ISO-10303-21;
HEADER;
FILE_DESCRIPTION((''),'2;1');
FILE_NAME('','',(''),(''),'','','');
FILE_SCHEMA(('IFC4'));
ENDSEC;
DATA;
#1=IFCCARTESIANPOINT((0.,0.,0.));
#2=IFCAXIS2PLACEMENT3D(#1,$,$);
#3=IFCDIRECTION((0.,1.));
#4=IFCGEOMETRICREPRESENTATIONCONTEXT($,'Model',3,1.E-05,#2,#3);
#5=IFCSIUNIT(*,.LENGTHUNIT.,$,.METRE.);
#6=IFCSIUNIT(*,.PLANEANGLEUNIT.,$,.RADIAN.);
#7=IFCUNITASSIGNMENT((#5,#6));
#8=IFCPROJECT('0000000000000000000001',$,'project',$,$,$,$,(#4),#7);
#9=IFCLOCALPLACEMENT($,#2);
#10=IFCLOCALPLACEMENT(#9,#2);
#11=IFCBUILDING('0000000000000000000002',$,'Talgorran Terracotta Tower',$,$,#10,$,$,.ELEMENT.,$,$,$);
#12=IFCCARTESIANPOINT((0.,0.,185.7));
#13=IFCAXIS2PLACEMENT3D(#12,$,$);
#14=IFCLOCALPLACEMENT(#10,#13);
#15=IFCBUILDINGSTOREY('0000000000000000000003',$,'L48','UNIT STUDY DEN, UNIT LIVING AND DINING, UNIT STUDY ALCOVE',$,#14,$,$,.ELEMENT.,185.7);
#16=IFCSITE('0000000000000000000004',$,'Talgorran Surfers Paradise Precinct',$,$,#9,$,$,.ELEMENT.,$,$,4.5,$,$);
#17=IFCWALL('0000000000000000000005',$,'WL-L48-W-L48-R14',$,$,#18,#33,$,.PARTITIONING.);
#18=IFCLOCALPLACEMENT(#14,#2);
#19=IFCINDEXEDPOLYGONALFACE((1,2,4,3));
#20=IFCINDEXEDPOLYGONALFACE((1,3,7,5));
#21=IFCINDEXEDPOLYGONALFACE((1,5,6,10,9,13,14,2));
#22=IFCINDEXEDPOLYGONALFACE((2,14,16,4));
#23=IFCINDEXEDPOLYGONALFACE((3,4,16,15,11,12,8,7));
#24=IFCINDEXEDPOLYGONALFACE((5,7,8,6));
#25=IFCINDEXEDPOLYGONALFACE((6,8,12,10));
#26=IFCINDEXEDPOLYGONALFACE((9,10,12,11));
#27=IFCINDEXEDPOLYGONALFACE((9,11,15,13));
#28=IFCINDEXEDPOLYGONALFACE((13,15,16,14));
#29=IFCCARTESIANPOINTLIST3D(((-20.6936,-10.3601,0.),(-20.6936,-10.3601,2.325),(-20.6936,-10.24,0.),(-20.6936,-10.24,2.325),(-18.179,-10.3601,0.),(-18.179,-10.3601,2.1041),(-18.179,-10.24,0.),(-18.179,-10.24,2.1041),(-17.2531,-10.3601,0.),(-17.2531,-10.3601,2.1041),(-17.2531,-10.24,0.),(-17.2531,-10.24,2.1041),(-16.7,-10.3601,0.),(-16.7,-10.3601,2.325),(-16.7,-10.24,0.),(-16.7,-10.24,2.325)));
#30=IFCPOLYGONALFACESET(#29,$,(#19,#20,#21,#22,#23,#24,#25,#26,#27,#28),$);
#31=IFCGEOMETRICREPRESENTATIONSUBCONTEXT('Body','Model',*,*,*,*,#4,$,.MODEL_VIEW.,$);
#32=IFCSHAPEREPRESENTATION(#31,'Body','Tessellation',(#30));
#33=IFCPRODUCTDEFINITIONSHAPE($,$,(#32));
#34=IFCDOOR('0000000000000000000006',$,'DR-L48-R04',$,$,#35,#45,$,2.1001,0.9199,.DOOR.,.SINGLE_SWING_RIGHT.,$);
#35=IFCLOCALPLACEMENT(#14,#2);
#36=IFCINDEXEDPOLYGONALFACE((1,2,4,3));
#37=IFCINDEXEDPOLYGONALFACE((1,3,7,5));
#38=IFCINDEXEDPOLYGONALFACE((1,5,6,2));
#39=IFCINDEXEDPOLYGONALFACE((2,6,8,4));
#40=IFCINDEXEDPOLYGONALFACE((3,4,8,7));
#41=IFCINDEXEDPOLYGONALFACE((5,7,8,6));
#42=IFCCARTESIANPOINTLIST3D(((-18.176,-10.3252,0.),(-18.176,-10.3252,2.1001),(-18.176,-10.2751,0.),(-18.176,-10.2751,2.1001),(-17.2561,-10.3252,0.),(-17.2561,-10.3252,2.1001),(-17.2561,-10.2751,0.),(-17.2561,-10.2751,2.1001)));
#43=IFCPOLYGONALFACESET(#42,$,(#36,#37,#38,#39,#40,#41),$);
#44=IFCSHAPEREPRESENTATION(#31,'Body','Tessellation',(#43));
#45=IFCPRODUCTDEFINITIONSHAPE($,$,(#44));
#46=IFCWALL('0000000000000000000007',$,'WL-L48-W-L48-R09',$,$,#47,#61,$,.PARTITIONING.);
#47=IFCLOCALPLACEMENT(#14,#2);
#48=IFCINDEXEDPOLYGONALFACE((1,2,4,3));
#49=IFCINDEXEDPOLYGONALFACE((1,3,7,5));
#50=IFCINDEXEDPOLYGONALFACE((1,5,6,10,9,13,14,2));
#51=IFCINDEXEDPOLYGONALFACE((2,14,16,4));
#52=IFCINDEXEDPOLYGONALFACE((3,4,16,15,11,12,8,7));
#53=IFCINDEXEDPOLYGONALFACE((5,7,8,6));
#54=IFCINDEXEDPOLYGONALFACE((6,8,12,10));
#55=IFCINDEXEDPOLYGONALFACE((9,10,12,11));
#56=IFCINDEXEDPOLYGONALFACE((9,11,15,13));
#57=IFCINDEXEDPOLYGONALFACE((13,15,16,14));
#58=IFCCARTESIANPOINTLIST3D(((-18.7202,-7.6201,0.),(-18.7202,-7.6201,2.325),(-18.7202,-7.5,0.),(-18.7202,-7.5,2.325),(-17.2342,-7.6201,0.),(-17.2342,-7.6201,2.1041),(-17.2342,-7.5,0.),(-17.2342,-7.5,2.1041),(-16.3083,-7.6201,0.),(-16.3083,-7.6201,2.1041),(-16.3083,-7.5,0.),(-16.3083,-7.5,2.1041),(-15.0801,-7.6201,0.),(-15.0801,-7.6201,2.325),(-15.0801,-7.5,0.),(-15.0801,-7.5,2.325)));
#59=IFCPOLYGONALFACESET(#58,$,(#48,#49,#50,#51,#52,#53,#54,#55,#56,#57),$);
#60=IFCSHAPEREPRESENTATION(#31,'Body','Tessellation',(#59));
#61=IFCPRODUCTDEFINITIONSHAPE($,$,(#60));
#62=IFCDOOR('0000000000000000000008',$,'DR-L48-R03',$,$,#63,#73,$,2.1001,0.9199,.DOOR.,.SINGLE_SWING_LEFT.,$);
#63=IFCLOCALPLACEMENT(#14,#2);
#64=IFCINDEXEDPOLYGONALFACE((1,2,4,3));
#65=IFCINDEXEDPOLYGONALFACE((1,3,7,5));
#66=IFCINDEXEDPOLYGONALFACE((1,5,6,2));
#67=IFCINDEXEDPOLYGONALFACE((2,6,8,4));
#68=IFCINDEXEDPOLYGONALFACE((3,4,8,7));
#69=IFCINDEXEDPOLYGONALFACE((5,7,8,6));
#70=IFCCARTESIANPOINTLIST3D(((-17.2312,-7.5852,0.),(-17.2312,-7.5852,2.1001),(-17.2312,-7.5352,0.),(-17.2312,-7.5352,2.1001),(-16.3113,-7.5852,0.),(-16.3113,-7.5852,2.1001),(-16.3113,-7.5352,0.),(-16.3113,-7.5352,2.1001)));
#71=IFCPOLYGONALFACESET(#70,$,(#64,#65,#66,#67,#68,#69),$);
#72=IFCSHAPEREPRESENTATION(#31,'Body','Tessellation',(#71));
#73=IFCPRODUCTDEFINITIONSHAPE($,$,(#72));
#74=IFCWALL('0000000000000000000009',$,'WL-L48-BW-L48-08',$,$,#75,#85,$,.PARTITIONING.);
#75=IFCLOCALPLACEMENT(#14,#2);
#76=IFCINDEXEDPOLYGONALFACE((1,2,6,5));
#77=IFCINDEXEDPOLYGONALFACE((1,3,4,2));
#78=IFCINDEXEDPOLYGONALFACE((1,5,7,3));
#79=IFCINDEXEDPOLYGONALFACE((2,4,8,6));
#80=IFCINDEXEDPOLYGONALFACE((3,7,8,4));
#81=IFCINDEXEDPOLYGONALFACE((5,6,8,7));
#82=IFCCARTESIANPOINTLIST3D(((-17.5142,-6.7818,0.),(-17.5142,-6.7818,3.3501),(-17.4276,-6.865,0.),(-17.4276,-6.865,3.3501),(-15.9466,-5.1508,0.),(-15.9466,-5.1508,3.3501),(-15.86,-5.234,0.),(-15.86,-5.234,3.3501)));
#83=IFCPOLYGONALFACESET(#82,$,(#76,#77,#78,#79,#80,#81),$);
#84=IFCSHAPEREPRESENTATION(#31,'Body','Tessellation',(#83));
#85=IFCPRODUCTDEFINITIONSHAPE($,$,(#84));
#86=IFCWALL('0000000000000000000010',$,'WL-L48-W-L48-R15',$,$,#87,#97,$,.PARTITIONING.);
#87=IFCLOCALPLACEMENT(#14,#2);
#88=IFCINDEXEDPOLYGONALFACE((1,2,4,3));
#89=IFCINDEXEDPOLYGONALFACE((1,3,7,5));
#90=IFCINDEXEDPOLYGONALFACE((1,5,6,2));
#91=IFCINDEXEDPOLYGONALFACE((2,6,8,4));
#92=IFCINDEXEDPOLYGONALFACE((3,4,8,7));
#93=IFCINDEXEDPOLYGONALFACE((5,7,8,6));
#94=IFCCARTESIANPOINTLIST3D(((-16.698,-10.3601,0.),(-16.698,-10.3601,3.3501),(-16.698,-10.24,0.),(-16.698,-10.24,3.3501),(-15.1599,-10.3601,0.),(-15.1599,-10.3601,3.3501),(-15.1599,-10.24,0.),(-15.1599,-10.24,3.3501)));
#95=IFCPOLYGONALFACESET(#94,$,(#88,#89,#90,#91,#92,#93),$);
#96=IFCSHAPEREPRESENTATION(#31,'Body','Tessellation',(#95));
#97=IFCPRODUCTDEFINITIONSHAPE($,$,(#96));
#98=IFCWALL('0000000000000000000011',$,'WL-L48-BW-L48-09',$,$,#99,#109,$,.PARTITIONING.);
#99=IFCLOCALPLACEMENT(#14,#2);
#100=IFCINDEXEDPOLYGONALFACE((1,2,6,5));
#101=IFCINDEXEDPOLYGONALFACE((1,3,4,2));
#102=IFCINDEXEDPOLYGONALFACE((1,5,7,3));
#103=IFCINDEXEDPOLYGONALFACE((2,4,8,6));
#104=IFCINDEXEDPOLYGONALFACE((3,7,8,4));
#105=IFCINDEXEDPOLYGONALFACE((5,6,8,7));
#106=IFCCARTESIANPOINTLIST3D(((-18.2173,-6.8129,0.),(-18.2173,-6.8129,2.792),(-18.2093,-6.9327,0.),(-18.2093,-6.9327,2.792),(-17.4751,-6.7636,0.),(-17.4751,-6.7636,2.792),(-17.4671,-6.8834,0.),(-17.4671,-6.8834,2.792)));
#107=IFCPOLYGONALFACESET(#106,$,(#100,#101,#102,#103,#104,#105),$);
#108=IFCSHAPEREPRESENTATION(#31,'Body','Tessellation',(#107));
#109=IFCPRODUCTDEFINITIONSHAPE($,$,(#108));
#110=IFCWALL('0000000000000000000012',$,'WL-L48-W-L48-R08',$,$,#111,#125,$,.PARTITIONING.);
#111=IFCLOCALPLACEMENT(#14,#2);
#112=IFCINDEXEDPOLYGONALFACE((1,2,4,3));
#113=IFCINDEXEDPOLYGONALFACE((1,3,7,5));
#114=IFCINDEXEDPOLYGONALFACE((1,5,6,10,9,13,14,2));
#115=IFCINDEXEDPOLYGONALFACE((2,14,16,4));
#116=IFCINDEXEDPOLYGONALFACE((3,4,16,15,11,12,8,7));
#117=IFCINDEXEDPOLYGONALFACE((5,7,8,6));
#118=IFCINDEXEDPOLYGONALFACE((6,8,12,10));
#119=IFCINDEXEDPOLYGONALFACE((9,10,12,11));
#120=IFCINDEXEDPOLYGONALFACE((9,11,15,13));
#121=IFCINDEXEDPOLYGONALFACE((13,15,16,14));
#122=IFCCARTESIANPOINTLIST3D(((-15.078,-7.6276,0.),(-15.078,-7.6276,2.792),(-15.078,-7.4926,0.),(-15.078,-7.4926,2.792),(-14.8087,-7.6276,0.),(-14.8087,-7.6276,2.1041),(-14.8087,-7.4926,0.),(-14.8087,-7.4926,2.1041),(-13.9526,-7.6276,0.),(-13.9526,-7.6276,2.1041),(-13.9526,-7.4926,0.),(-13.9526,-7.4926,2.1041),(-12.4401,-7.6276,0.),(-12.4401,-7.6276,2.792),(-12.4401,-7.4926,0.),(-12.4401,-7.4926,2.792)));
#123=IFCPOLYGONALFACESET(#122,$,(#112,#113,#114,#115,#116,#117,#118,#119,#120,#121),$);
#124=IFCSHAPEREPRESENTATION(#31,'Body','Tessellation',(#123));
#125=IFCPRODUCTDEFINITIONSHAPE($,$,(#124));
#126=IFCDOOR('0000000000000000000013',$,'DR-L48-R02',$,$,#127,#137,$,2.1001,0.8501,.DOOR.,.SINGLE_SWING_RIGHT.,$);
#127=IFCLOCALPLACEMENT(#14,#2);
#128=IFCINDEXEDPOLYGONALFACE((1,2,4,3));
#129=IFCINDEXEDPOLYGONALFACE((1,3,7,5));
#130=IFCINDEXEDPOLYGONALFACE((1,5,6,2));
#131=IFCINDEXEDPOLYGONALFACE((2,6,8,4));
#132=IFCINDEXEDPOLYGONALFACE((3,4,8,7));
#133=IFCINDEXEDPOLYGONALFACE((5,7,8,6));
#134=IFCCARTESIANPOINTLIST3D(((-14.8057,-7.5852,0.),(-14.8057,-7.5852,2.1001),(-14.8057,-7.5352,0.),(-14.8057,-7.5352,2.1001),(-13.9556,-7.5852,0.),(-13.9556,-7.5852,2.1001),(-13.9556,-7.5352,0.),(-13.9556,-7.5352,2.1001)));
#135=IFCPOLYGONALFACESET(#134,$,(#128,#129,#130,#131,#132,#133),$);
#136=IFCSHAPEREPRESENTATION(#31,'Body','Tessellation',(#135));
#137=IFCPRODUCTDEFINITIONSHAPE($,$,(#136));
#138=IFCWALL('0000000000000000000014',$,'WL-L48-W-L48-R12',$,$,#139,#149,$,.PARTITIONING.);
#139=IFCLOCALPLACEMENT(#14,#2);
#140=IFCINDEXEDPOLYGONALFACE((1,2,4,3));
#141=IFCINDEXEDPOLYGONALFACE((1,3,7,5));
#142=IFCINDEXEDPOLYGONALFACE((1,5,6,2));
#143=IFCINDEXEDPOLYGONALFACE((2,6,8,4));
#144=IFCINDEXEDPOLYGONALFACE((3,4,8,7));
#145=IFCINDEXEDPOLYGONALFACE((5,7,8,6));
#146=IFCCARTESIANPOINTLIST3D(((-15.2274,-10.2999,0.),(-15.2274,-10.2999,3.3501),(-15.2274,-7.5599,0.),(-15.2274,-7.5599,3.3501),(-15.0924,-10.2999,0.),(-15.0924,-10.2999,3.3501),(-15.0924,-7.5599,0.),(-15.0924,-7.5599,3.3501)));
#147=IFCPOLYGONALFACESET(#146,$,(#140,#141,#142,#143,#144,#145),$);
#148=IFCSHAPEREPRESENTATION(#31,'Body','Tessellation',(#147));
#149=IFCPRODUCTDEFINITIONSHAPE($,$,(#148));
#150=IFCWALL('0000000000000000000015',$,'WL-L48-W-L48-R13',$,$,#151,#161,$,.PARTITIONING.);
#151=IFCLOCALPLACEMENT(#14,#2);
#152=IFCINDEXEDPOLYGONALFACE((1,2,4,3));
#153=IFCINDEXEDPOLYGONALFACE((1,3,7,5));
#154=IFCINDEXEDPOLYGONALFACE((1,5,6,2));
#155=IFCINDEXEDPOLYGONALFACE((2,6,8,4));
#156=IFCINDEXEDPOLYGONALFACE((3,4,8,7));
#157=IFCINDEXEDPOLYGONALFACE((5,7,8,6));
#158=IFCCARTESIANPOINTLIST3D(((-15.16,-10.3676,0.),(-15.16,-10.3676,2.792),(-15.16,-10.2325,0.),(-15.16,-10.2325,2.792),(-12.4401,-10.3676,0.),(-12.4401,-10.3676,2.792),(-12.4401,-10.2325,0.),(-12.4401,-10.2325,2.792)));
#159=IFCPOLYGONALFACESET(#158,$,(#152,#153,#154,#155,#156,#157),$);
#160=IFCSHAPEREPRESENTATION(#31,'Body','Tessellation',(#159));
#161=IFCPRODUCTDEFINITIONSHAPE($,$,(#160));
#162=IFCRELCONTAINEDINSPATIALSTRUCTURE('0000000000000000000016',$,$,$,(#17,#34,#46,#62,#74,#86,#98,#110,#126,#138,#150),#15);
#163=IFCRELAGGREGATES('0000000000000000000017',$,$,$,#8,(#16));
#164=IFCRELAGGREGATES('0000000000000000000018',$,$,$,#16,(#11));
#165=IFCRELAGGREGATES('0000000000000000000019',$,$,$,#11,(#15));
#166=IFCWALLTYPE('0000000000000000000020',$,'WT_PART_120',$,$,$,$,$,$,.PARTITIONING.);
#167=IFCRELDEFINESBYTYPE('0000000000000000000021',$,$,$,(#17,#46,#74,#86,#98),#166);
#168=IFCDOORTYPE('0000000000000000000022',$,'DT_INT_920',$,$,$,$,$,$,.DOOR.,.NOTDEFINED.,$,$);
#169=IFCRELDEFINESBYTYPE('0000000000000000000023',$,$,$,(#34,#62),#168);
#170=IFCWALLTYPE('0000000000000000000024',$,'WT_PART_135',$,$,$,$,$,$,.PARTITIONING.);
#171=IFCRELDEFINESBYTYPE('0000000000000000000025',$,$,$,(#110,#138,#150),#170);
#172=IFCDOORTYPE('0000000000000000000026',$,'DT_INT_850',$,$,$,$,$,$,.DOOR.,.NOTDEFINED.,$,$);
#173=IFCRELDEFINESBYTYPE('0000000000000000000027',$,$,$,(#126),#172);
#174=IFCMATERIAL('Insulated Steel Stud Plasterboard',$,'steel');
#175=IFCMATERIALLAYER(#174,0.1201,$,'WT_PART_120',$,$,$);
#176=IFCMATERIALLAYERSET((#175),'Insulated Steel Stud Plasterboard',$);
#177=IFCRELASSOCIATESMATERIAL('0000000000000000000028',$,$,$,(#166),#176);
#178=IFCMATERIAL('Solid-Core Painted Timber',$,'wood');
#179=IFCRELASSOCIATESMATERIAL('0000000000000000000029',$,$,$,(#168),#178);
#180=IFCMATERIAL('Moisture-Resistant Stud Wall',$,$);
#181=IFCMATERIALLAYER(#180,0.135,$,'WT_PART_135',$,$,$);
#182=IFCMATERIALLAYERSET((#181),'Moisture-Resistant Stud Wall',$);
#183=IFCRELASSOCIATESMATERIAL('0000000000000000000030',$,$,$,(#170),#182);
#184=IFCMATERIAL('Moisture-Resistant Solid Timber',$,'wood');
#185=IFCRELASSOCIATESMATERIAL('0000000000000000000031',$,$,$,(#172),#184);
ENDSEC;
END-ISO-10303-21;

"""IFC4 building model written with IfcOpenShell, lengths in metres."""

from ifc_helpers import new_model, si_unit, direction, frame, frame_2d, origin, place, context, subcontext, project, spatial, rectangle, extrude, material, layer, layer_set, type_object, element, fill, save


model = new_model("IFC4")

# Units and contexts
model_context = context("Model", 3, precision=1e-05, world=origin(), true_north=direction((0.0, 1.0)))
body_context = subcontext(model_context, "Body", "Model", "MODEL_VIEW")
ifc_project = project(units=[si_unit("LENGTHUNIT", "METRE"), si_unit("PLANEANGLEUNIT", "RADIAN")], contexts=[model_context])

# Site, building, storey
site_placement = place(None, origin())
site = spatial("IfcSite", under=ifc_project, at=site_placement, Name="Talgorran Surfers Paradise Precinct", CompositionType="ELEMENT", RefElevation=4.5)
building_placement = place(site_placement, origin())
building = spatial("IfcBuilding", under=site, at=building_placement, Name="Talgorran Terracotta Tower", CompositionType="ELEMENT")
storey_placement = place(building_placement, frame((0.0, 0.0, 185.7)))
storey = spatial("IfcBuildingStorey", under=building, at=storey_placement, Name="L48", Description="UNIT STUDY DEN, UNIT LIVING AND DINING, UNIT STUDY ALCOVE", CompositionType="ELEMENT", Elevation=185.7)

# Walls, openings, doors
ifc_material_1 = material(Name="Insulated Steel Stud Plasterboard", Category="steel")
ifc_layer_1 = layer(ifc_material_1, 0.1201, Name="WT_PART_120")
ifc_layer_set_1 = layer_set([ifc_layer_1], Name="Insulated Steel Stud Plasterboard")
wall_type_1 = type_object("IfcWallType", Name="WT_PART_120", PredefinedType="PARTITIONING", material=ifc_layer_set_1)
wall_1_placement = place(storey_placement, frame((-20.6936, -10.3, 0.0), z_axis=(0.0, 0.0, 1.0), x_axis=(1.0, 0.0, 0.0)))
wall_1 = element("IfcWall", 1, at=wall_1_placement, inside=storey, type_object=wall_type_1, Name="WL-L48-W-L48-R14", PredefinedType="PARTITIONING", context=body_context, shape_type="SweptSolid", body=[
    extrude(rectangle(XDim=3.9937, YDim=0.1201, at=frame_2d((1.9968, 0.0))), origin(), (0.0, 0.0, 1.0), 2.325),
])
opening_1_placement = place(wall_1_placement, frame((2.5176, 0.0, 0.0)))
opening_1 = element("IfcOpeningElement", 2, at=opening_1_placement, cuts=wall_1, PredefinedType="OPENING", context=body_context, shape_type="SweptSolid", body=[
    extrude(rectangle(XDim=0.9259, YDim=2.1041, at=frame_2d((0.46, 1.052))), frame((0.0, 0.0701, 0.0), z_axis=(0.0, -1.0, 0.0), x_axis=(1.0, 0.0, 0.0)), (0.0, 0.0, 1.0), 0.1401),
])
ifc_material_2 = material(Name="Solid-Core Painted Timber", Category="wood")
door_type_1 = type_object("IfcDoorType", Name="DT_INT_920", OperationType="NOTDEFINED", PredefinedType="DOOR", material=ifc_material_2)
door_1_placement = place(opening_1_placement, origin())
door_1 = element("IfcDoor", 3, at=door_1_placement, inside=storey, type_object=door_type_1, Name="DR-L48-R04", OperationType="SINGLE_SWING_RIGHT", OverallHeight=2.1001, OverallWidth=0.9199, PredefinedType="DOOR", context=body_context, shape_type="SweptSolid", body=[
    extrude(rectangle(XDim=0.9199, YDim=2.1001, at=frame_2d((0.46, 1.05))), frame((0.0, 0.0249, 0.0), z_axis=(0.0, -1.0, 0.0), x_axis=(1.0, 0.0, 0.0)), (0.0, 0.0, 1.0), 0.05),
])
fill(opening_1, door_1)
wall_2_placement = place(storey_placement, frame((-18.7202, -7.5601, 0.0), z_axis=(0.0, 0.0, 1.0), x_axis=(1.0, 0.0, 0.0)))
wall_2 = element("IfcWall", 4, at=wall_2_placement, inside=storey, type_object=wall_type_1, Name="WL-L48-W-L48-R09", PredefinedType="PARTITIONING", context=body_context, shape_type="SweptSolid", body=[
    extrude(rectangle(XDim=3.6401, YDim=0.1201, at=frame_2d((1.8201, 0.0))), origin(), (0.0, 0.0, 1.0), 2.325),
])
opening_2_placement = place(wall_2_placement, frame((1.489, 0.0, 0.0)))
opening_2 = element("IfcOpeningElement", 5, at=opening_2_placement, cuts=wall_2, PredefinedType="OPENING", context=body_context, shape_type="SweptSolid", body=[
    extrude(rectangle(XDim=0.9259, YDim=2.1041, at=frame_2d((0.46, 1.052))), frame((0.0, 0.0701, 0.0), z_axis=(0.0, -1.0, 0.0), x_axis=(1.0, 0.0, 0.0)), (0.0, 0.0, 1.0), 0.1401),
])
door_2_placement = place(opening_2_placement, origin())
door_2 = element("IfcDoor", 6, at=door_2_placement, inside=storey, type_object=door_type_1, Name="DR-L48-R03", OperationType="SINGLE_SWING_LEFT", OverallHeight=2.1001, OverallWidth=0.9199, PredefinedType="DOOR", context=body_context, shape_type="SweptSolid", body=[
    extrude(rectangle(XDim=0.9199, YDim=2.1001, at=frame_2d((0.46, 1.05))), frame((0.0, 0.0249, 0.0), z_axis=(0.0, -1.0, 0.0), x_axis=(1.0, 0.0, 0.0)), (0.0, 0.0, 1.0), 0.05),
])
fill(opening_2, door_2)

# Walls
wall_3_placement = place(storey_placement, frame((-15.9033, -5.1924, 0.0), z_axis=(0.0, 0.0, 1.0), x_axis=(-0.692938, -0.720997, 0.0)))
element("IfcWall", 7, at=wall_3_placement, inside=storey, type_object=wall_type_1, Name="WL-L48-BW-L48-08", PredefinedType="PARTITIONING", context=body_context, shape_type="SweptSolid", body=[
    extrude(rectangle(XDim=2.2622, YDim=0.1201, at=frame_2d((1.1311, 0.0))), origin(), (0.0, 0.0, 1.0), 3.3501),
])
wall_4_placement = place(storey_placement, frame((-16.698, -10.3, 0.0), z_axis=(0.0, 0.0, 1.0), x_axis=(1.0, 0.0, 0.0)))
element("IfcWall", 8, at=wall_4_placement, inside=storey, type_object=wall_type_1, Name="WL-L48-W-L48-R15", PredefinedType="PARTITIONING", context=body_context, shape_type="SweptSolid", body=[
    extrude(rectangle(XDim=1.5381, YDim=0.1201, at=frame_2d((0.769, 0.0))), origin(), (0.0, 0.0, 1.0), 3.3501),
])
wall_5_placement = place(storey_placement, frame((-17.4709, -6.8235, 0.0), z_axis=(0.0, 0.0, 1.0), x_axis=(-0.9978, -0.066301, 0.0)))
element("IfcWall", 9, at=wall_5_placement, inside=storey, type_object=wall_type_1, Name="WL-L48-BW-L48-09", PredefinedType="PARTITIONING", context=body_context, shape_type="SweptSolid", body=[
    extrude(rectangle(XDim=0.7439, YDim=0.1201, at=frame_2d((0.3721, 0.0))), origin(), (0.0, 0.0, 1.0), 2.792),
])

# Wall, opening, door
ifc_material_3 = material(Name="Moisture-Resistant Stud Wall")
ifc_layer_2 = layer(ifc_material_3, 0.135, Name="WT_PART_135")
ifc_layer_set_2 = layer_set([ifc_layer_2], Name="Moisture-Resistant Stud Wall")
wall_type_2 = type_object("IfcWallType", Name="WT_PART_135", PredefinedType="PARTITIONING", material=ifc_layer_set_2)
wall_6_placement = place(storey_placement, frame((-15.0779, -7.5601, 0.0), z_axis=(0.0, 0.0, 1.0), x_axis=(1.0, 0.0, 0.0)))
wall_6 = element("IfcWall", 10, at=wall_6_placement, inside=storey, type_object=wall_type_2, Name="WL-L48-W-L48-R08", PredefinedType="PARTITIONING", context=body_context, shape_type="SweptSolid", body=[
    extrude(rectangle(XDim=2.6379, YDim=0.135, at=frame_2d((1.3188, 0.0))), origin(), (0.0, 0.0, 1.0), 2.792),
])
opening_3_placement = place(wall_6_placement, frame((0.2722, 0.0, 0.0)))
opening_3 = element("IfcOpeningElement", 11, at=opening_3_placement, cuts=wall_6, PredefinedType="OPENING", context=body_context, shape_type="SweptSolid", body=[
    extrude(rectangle(XDim=0.8561, YDim=2.1041, at=frame_2d((0.425, 1.052))), frame((0.0, 0.0776, 0.0), z_axis=(0.0, -1.0, 0.0), x_axis=(1.0, 0.0, 0.0)), (0.0, 0.0, 1.0), 0.155),
])
ifc_material_4 = material(Name="Moisture-Resistant Solid Timber", Category="wood")
door_type_2 = type_object("IfcDoorType", Name="DT_INT_850", OperationType="NOTDEFINED", PredefinedType="DOOR", material=ifc_material_4)
door_3_placement = place(opening_3_placement, origin())
door_3 = element("IfcDoor", 12, at=door_3_placement, inside=storey, type_object=door_type_2, Name="DR-L48-R02", OperationType="SINGLE_SWING_RIGHT", OverallHeight=2.1001, OverallWidth=0.8501, PredefinedType="DOOR", context=body_context, shape_type="SweptSolid", body=[
    extrude(rectangle(XDim=0.8501, YDim=2.1001, at=frame_2d((0.425, 1.05))), frame((0.0, 0.0249, 0.0), z_axis=(0.0, -1.0, 0.0), x_axis=(1.0, 0.0, 0.0)), (0.0, 0.0, 1.0), 0.05),
])
fill(opening_3, door_3)

# Walls
wall_7_placement = place(storey_placement, frame((-15.1599, -10.3, 0.0), z_axis=(0.0, 0.0, 1.0), x_axis=(0.0, 1.0, 0.0)))
element("IfcWall", 13, at=wall_7_placement, inside=storey, type_object=wall_type_2, Name="WL-L48-W-L48-R12", PredefinedType="PARTITIONING", context=body_context, shape_type="SweptSolid", body=[
    extrude(rectangle(XDim=2.74, YDim=0.135, at=frame_2d((1.3701, 0.0))), origin(), (0.0, 0.0, 1.0), 3.3501),
])
wall_8_placement = place(storey_placement, frame((-15.1599, -10.3, 0.0), z_axis=(0.0, 0.0, 1.0), x_axis=(1.0, 0.0, 0.0)))
element("IfcWall", 14, at=wall_8_placement, inside=storey, type_object=wall_type_2, Name="WL-L48-W-L48-R13", PredefinedType="PARTITIONING", context=body_context, shape_type="SweptSolid", body=[
    extrude(rectangle(XDim=2.72, YDim=0.135, at=frame_2d((1.3599, 0.0))), origin(), (0.0, 0.0, 1.0), 2.792),
])

save(model, "model.ifc")
